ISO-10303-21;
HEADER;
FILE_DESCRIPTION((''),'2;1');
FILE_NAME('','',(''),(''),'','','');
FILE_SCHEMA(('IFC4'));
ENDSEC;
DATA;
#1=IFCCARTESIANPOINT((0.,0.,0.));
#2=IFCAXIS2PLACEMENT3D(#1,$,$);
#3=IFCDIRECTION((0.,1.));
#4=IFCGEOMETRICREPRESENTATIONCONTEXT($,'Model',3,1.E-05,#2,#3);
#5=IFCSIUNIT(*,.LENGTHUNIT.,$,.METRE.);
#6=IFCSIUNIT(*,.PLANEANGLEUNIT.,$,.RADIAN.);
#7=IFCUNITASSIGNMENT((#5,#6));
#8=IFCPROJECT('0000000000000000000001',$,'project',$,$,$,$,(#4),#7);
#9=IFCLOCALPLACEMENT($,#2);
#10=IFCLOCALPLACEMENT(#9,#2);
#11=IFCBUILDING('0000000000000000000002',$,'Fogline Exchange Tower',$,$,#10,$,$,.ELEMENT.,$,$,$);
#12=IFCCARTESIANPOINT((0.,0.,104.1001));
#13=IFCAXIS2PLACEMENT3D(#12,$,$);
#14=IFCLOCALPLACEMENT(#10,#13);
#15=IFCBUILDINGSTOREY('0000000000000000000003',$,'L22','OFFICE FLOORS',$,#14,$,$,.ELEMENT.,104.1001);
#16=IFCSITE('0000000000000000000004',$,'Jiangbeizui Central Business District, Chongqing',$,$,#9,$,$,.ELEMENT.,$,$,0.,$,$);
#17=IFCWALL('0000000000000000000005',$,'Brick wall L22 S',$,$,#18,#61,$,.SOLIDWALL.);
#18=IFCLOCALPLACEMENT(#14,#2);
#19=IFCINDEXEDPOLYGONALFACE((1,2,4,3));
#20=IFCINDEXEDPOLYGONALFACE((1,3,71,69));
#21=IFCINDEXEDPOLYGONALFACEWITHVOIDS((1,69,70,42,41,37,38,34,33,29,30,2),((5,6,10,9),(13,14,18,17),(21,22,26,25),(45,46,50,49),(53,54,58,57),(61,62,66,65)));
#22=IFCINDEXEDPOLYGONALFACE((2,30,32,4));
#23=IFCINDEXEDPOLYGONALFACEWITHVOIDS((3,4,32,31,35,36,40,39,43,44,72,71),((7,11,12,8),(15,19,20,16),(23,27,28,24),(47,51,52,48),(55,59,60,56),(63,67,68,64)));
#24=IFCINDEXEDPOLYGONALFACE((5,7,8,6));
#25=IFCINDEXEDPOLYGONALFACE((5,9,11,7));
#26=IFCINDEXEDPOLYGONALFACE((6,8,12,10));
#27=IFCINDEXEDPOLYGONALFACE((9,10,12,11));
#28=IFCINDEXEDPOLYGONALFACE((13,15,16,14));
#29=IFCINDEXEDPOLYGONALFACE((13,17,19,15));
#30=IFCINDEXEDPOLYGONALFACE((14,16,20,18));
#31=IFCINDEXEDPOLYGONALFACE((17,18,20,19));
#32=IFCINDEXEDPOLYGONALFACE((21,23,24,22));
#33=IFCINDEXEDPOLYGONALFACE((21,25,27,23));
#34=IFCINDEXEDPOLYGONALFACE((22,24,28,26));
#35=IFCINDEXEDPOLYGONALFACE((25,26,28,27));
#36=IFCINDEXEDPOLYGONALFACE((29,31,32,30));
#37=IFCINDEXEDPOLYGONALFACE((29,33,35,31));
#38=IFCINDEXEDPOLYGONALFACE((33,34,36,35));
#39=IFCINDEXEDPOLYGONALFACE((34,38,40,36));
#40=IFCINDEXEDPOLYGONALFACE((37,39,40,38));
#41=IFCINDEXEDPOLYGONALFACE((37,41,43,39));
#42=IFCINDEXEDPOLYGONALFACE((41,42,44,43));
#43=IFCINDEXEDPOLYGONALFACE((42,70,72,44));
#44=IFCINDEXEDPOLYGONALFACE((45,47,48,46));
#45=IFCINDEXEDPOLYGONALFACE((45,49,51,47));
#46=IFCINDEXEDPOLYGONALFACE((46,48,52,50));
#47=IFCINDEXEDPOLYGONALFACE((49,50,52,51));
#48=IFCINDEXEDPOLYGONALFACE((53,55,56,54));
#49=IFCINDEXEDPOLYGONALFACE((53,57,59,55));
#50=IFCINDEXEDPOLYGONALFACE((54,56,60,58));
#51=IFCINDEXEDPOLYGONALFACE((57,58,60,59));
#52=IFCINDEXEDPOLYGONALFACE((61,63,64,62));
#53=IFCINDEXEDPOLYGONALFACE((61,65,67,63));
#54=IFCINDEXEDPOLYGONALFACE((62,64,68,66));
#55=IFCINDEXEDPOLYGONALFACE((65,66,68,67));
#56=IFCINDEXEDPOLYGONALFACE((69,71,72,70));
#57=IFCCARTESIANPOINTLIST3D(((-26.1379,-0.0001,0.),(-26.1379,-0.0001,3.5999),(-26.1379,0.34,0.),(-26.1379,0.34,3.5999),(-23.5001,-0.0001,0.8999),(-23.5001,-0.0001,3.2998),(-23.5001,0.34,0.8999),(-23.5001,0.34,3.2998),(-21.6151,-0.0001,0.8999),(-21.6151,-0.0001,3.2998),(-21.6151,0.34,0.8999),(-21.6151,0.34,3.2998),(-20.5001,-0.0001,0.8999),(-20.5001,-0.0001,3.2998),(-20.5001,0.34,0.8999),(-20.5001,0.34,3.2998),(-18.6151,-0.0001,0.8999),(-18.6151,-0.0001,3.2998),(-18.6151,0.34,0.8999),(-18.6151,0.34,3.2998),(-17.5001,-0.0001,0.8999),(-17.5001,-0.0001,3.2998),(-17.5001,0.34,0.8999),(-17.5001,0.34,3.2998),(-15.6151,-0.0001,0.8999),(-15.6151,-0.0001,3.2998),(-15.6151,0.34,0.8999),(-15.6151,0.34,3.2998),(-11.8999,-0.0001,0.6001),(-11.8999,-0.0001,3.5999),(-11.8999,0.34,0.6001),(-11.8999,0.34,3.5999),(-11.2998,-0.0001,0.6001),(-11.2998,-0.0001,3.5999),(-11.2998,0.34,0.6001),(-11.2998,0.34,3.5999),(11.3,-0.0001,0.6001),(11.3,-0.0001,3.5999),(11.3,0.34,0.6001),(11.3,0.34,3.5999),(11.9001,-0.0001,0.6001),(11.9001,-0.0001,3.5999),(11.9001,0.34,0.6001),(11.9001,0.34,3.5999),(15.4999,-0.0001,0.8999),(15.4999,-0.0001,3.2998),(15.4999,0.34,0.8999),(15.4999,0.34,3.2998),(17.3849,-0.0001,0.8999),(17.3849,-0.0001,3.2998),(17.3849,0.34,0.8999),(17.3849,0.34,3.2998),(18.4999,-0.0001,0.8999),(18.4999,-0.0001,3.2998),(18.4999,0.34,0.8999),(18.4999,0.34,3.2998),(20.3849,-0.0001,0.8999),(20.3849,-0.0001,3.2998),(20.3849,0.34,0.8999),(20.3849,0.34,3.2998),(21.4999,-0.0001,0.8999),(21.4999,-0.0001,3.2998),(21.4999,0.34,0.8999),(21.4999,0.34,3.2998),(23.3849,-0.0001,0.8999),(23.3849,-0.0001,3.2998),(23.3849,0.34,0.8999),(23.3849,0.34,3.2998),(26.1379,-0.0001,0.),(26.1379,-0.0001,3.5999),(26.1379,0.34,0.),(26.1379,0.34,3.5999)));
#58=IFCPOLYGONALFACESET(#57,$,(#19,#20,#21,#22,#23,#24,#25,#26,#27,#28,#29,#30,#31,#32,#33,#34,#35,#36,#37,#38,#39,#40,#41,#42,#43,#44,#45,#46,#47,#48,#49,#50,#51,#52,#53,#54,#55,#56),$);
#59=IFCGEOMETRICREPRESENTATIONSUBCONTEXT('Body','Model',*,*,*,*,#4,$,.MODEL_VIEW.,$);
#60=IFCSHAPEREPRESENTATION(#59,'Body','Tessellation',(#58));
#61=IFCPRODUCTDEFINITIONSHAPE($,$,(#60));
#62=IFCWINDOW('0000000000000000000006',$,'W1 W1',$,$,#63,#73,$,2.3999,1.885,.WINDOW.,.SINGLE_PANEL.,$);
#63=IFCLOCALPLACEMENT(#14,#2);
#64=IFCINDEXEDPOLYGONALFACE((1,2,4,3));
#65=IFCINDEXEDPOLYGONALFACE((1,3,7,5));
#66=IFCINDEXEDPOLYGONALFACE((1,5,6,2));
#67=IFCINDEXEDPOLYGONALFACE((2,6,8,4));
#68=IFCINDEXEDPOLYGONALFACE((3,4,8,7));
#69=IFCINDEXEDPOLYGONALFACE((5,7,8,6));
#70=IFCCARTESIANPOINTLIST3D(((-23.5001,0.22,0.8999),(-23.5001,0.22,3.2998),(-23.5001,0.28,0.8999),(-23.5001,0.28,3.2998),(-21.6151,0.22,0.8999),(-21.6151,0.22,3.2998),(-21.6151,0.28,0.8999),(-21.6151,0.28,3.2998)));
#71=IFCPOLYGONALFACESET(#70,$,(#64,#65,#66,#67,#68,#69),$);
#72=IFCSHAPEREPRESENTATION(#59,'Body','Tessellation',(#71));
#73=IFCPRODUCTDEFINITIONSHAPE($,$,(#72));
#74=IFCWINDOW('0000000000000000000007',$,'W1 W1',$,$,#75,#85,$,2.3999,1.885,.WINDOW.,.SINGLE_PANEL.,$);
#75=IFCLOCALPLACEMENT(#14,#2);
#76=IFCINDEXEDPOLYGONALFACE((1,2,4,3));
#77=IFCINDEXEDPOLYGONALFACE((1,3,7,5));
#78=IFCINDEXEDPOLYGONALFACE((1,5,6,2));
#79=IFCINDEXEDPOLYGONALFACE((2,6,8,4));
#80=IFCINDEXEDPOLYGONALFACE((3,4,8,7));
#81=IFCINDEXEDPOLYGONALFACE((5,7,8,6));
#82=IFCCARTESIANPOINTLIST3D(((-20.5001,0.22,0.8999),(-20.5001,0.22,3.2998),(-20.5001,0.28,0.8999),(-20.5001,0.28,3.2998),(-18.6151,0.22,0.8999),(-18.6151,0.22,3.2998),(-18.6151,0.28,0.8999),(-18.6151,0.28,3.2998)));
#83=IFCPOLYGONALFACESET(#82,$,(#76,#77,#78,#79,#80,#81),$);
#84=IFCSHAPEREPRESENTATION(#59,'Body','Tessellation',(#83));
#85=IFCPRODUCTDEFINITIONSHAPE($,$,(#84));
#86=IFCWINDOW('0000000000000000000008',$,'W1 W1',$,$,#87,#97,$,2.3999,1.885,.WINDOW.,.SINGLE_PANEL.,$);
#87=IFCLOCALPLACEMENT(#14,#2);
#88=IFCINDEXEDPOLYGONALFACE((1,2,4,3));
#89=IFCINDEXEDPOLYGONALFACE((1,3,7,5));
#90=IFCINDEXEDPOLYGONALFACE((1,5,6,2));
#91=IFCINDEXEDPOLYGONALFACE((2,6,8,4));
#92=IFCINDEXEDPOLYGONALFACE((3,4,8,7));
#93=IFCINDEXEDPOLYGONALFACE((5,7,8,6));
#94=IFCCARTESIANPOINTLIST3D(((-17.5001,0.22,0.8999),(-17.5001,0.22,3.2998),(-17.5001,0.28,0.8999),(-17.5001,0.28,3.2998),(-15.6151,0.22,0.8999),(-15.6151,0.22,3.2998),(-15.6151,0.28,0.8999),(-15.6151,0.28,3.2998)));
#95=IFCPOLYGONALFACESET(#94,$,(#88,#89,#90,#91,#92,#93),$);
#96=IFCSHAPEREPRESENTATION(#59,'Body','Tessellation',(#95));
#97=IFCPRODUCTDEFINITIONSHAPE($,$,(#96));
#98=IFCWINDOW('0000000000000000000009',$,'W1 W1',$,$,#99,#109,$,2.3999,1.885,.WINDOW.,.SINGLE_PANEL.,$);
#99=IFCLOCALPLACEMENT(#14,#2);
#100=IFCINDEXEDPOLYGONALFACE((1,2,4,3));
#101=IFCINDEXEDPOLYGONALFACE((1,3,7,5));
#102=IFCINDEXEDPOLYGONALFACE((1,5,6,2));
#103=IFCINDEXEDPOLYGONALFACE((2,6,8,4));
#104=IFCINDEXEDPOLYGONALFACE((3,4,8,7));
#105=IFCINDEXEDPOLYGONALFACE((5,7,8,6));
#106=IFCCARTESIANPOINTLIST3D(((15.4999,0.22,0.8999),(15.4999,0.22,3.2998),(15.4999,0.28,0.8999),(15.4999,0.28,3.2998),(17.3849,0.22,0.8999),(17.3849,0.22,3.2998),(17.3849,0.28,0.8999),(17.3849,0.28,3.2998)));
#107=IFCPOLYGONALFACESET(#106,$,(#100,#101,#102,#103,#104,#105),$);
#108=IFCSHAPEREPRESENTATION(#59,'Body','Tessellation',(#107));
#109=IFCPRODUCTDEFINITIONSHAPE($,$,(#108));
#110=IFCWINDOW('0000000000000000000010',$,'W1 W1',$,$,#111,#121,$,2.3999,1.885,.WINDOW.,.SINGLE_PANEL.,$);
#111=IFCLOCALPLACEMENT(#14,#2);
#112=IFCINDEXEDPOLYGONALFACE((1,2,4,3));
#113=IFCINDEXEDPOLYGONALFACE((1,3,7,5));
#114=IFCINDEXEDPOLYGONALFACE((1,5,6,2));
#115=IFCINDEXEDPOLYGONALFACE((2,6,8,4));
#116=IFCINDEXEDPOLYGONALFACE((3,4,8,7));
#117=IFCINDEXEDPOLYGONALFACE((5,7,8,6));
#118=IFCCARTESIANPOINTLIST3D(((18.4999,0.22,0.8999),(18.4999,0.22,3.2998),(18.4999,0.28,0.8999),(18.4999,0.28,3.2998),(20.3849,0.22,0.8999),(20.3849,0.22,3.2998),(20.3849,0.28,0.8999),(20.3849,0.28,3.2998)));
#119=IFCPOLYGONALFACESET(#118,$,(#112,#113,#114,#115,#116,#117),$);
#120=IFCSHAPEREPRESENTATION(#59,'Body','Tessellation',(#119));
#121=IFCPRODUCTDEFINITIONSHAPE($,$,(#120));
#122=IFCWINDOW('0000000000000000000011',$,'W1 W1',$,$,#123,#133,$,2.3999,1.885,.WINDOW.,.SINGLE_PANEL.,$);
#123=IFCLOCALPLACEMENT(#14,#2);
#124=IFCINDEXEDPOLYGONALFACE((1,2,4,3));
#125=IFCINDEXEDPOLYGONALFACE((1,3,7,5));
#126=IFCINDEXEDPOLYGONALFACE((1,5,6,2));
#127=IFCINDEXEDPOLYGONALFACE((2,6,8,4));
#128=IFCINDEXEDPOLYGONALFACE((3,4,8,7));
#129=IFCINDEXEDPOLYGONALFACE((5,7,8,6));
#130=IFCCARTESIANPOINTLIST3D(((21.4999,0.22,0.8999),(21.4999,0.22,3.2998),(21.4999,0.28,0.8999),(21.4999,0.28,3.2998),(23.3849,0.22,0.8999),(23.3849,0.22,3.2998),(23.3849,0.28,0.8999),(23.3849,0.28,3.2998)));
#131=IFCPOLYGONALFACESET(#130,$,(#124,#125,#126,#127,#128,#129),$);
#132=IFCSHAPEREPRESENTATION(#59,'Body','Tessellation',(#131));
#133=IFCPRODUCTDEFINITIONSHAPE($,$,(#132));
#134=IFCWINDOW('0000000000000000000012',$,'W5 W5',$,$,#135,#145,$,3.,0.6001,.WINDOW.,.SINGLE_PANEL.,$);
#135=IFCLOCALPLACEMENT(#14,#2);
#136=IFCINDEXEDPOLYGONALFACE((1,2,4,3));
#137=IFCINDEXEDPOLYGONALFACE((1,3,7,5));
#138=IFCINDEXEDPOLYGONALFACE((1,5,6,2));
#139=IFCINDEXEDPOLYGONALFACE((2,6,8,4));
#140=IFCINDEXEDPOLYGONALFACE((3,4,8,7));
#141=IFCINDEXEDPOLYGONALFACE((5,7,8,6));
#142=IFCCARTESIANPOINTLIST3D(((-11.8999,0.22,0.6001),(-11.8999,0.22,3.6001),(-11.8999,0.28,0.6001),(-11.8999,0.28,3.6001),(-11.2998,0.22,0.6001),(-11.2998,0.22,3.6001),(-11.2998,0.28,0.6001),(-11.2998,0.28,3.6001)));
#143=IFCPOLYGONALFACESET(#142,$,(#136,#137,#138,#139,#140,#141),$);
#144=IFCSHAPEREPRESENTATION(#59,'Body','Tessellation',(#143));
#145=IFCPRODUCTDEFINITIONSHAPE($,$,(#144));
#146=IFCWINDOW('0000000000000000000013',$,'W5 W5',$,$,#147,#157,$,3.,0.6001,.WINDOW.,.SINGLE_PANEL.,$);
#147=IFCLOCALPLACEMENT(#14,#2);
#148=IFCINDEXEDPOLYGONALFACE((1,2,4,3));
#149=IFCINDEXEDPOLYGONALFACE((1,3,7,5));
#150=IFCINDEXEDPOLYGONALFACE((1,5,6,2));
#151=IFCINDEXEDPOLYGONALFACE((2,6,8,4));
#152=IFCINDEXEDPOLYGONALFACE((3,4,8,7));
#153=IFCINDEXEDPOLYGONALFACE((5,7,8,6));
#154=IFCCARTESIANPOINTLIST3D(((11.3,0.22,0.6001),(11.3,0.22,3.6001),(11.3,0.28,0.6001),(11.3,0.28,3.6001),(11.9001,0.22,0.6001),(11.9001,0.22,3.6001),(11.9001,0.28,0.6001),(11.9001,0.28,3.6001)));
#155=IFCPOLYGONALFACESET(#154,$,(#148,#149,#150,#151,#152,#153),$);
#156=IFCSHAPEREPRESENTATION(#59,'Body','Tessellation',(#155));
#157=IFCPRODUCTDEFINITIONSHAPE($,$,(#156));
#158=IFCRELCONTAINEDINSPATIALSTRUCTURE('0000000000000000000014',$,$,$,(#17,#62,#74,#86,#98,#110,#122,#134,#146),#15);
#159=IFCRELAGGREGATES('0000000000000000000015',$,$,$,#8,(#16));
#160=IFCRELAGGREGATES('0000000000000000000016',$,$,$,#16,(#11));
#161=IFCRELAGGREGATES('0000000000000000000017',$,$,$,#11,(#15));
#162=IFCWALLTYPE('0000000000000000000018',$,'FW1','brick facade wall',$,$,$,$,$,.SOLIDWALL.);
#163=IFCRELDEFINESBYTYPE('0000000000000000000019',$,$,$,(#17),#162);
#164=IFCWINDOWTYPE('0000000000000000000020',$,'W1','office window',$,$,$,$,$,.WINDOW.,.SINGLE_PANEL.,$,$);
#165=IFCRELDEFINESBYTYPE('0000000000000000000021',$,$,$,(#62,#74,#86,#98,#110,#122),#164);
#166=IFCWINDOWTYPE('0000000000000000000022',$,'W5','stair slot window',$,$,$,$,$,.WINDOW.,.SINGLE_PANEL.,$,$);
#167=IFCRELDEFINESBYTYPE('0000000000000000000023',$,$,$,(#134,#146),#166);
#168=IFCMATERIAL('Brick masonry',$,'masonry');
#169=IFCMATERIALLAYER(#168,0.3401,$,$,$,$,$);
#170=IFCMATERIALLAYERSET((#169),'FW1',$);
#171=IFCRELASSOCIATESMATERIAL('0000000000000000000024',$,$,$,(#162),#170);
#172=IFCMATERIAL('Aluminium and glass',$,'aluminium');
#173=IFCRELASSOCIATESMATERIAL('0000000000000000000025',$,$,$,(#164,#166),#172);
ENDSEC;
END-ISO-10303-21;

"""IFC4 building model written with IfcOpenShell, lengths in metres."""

from ifc_helpers import new_model, si_unit, direction, frame, frame_2d, origin, place, context, subcontext, project, spatial, rectangle, extrude, material, layer, layer_set, type_object, element, fill, save


model = new_model("IFC4")

# Units and contexts
model_context = context("Model", 3, precision=1e-05, world=origin(), true_north=direction((0.0, 1.0)))
body_context = subcontext(model_context, "Body", "Model", "MODEL_VIEW")
ifc_project = project(units=[si_unit("LENGTHUNIT", "METRE"), si_unit("PLANEANGLEUNIT", "RADIAN")], contexts=[model_context])

# Site, building, storey
site_placement = place(None, origin())
site = spatial("IfcSite", under=ifc_project, at=site_placement, Name="Jiangbeizui Central Business District, Chongqing", CompositionType="ELEMENT", RefElevation=0.0)
building_placement = place(site_placement, origin())
building = spatial("IfcBuilding", under=site, at=building_placement, Name="Fogline Exchange Tower", CompositionType="ELEMENT")
storey_placement = place(building_placement, frame((0.0, 0.0, 104.1001)))
storey = spatial("IfcBuildingStorey", under=building, at=storey_placement, Name="L22", Description="OFFICE FLOORS", CompositionType="ELEMENT", Elevation=104.1001)

# Shared definitions
ifc_material_1 = material(Name="Brick masonry", Category="masonry")
ifc_layer = layer(ifc_material_1, 0.3401)
ifc_layer_set = layer_set([ifc_layer], Name="FW1")
wall_type = type_object("IfcWallType", Name="FW1", Description="brick facade wall", PredefinedType="SOLIDWALL", material=ifc_layer_set)
ifc_material_2 = material(Name="Aluminium and glass", Category="aluminium")

# Wall, openings, windows
wall_1_placement = place(storey_placement, frame((-26.1379, 0.1699, 0.0), z_axis=(0.0, 0.0, 1.0), x_axis=(1.0, 0.0, 0.0)))
wall_1 = element("IfcWall", 1, at=wall_1_placement, inside=storey, type_object=wall_type, Name="Brick wall L22 S", PredefinedType="SOLIDWALL", context=body_context, shape_type="SweptSolid", body=[
    extrude(rectangle(XDim=52.2759, YDim=0.3401, at=frame_2d((26.1379, 0.0))), origin(), (0.0, 0.0, 1.0), 3.5999),
])
opening_1_placement = place(wall_1_placement, frame((2.6379, 0.0, 0.8999)))
opening_1 = element("IfcOpeningElement", 2, at=opening_1_placement, cuts=wall_1, PredefinedType="OPENING", context=body_context, shape_type="SweptSolid", body=[
    extrude(rectangle(XDim=1.885, YDim=2.3999, at=frame_2d((0.9424, 1.2))), frame((0.0, 0.1802, 0.0), z_axis=(0.0, -1.0, 0.0), x_axis=(1.0, 0.0, 0.0)), (0.0, 0.0, 1.0), 0.3601),
])
opening_2_placement = place(wall_1_placement, frame((5.6379, 0.0, 0.8999)))
opening_2 = element("IfcOpeningElement", 3, at=opening_2_placement, cuts=wall_1, PredefinedType="OPENING", context=body_context, shape_type="SweptSolid", body=[
    extrude(rectangle(XDim=1.885, YDim=2.3999, at=frame_2d((0.9424, 1.2))), frame((0.0, 0.1802, 0.0), z_axis=(0.0, -1.0, 0.0), x_axis=(1.0, 0.0, 0.0)), (0.0, 0.0, 1.0), 0.3601),
])
opening_3_placement = place(wall_1_placement, frame((8.6379, 0.0, 0.8999)))
opening_3 = element("IfcOpeningElement", 4, at=opening_3_placement, cuts=wall_1, PredefinedType="OPENING", context=body_context, shape_type="SweptSolid", body=[
    extrude(rectangle(XDim=1.885, YDim=2.3999, at=frame_2d((0.9424, 1.2))), frame((0.0, 0.1802, 0.0), z_axis=(0.0, -1.0, 0.0), x_axis=(1.0, 0.0, 0.0)), (0.0, 0.0, 1.0), 0.3601),
])
opening_4_placement = place(wall_1_placement, frame((41.6379, 0.0, 0.8999)))
opening_4 = element("IfcOpeningElement", 5, at=opening_4_placement, cuts=wall_1, PredefinedType="OPENING", context=body_context, shape_type="SweptSolid", body=[
    extrude(rectangle(XDim=1.885, YDim=2.3999, at=frame_2d((0.9424, 1.2))), frame((0.0, 0.1802, 0.0), z_axis=(0.0, -1.0, 0.0), x_axis=(1.0, 0.0, 0.0)), (0.0, 0.0, 1.0), 0.3601),
])
opening_5_placement = place(wall_1_placement, frame((44.6379, 0.0, 0.8999)))
opening_5 = element("IfcOpeningElement", 6, at=opening_5_placement, cuts=wall_1, PredefinedType="OPENING", context=body_context, shape_type="SweptSolid", body=[
    extrude(rectangle(XDim=1.885, YDim=2.3999, at=frame_2d((0.9424, 1.2))), frame((0.0, 0.1802, 0.0), z_axis=(0.0, -1.0, 0.0), x_axis=(1.0, 0.0, 0.0)), (0.0, 0.0, 1.0), 0.3601),
])
opening_6_placement = place(wall_1_placement, frame((47.6379, 0.0, 0.8999)))
opening_6 = element("IfcOpeningElement", 7, at=opening_6_placement, cuts=wall_1, PredefinedType="OPENING", context=body_context, shape_type="SweptSolid", body=[
    extrude(rectangle(XDim=1.885, YDim=2.3999, at=frame_2d((0.9424, 1.2))), frame((0.0, 0.1802, 0.0), z_axis=(0.0, -1.0, 0.0), x_axis=(1.0, 0.0, 0.0)), (0.0, 0.0, 1.0), 0.3601),
])
opening_7_placement = place(wall_1_placement, frame((14.238, 0.0, 0.6001)))
opening_7 = element("IfcOpeningElement", 8, at=opening_7_placement, cuts=wall_1, PredefinedType="OPENING", context=body_context, shape_type="SweptSolid", body=[
    extrude(rectangle(XDim=0.6001, YDim=3.0, at=frame_2d((0.3, 1.5))), frame((0.0, 0.1802, 0.0), z_axis=(0.0, -1.0, 0.0), x_axis=(1.0, 0.0, 0.0)), (0.0, 0.0, 1.0), 0.3601),
])
opening_8_placement = place(wall_1_placement, frame((37.438, 0.0, 0.6001)))
opening_8 = element("IfcOpeningElement", 9, at=opening_8_placement, cuts=wall_1, PredefinedType="OPENING", context=body_context, shape_type="SweptSolid", body=[
    extrude(rectangle(XDim=0.6001, YDim=3.0, at=frame_2d((0.3, 1.5))), frame((0.0, 0.1802, 0.0), z_axis=(0.0, -1.0, 0.0), x_axis=(1.0, 0.0, 0.0)), (0.0, 0.0, 1.0), 0.3601),
])
window_type_1 = type_object("IfcWindowType", Name="W1", Description="office window", PartitioningType="SINGLE_PANEL", PredefinedType="WINDOW", material=ifc_material_2)
window_1_placement = place(opening_1_placement, origin())
window_1 = element("IfcWindow", 10, at=window_1_placement, inside=storey, type_object=window_type_1, Name="W1 W1", OverallHeight=2.3999, OverallWidth=1.885, PartitioningType="SINGLE_PANEL", PredefinedType="WINDOW", context=body_context, shape_type="SweptSolid", body=[
    extrude(rectangle(XDim=1.885, YDim=2.3999, at=frame_2d((0.9424, 1.2))), frame((0.0, 0.1101, 0.0), z_axis=(0.0, -1.0, 0.0), x_axis=(1.0, 0.0, 0.0)), (0.0, 0.0, 1.0), 0.0601),
])
fill(opening_1, window_1)
window_2_placement = place(opening_2_placement, origin())
window_2 = element("IfcWindow", 11, at=window_2_placement, inside=storey, type_object=window_type_1, Name="W1 W1", OverallHeight=2.3999, OverallWidth=1.885, PartitioningType="SINGLE_PANEL", PredefinedType="WINDOW", context=body_context, shape_type="SweptSolid", body=[
    extrude(rectangle(XDim=1.885, YDim=2.3999, at=frame_2d((0.9424, 1.2))), frame((0.0, 0.1101, 0.0), z_axis=(0.0, -1.0, 0.0), x_axis=(1.0, 0.0, 0.0)), (0.0, 0.0, 1.0), 0.0601),
])
fill(opening_2, window_2)
window_3_placement = place(opening_3_placement, origin())
window_3 = element("IfcWindow", 12, at=window_3_placement, inside=storey, type_object=window_type_1, Name="W1 W1", OverallHeight=2.3999, OverallWidth=1.885, PartitioningType="SINGLE_PANEL", PredefinedType="WINDOW", context=body_context, shape_type="SweptSolid", body=[
    extrude(rectangle(XDim=1.885, YDim=2.3999, at=frame_2d((0.9424, 1.2))), frame((0.0, 0.1101, 0.0), z_axis=(0.0, -1.0, 0.0), x_axis=(1.0, 0.0, 0.0)), (0.0, 0.0, 1.0), 0.0601),
])
fill(opening_3, window_3)
window_4_placement = place(opening_4_placement, origin())
window_4 = element("IfcWindow", 13, at=window_4_placement, inside=storey, type_object=window_type_1, Name="W1 W1", OverallHeight=2.3999, OverallWidth=1.885, PartitioningType="SINGLE_PANEL", PredefinedType="WINDOW", context=body_context, shape_type="SweptSolid", body=[
    extrude(rectangle(XDim=1.885, YDim=2.3999, at=frame_2d((0.9424, 1.2))), frame((0.0, 0.1101, 0.0), z_axis=(0.0, -1.0, 0.0), x_axis=(1.0, 0.0, 0.0)), (0.0, 0.0, 1.0), 0.0601),
])
fill(opening_4, window_4)
window_5_placement = place(opening_5_placement, origin())
window_5 = element("IfcWindow", 14, at=window_5_placement, inside=storey, type_object=window_type_1, Name="W1 W1", OverallHeight=2.3999, OverallWidth=1.885, PartitioningType="SINGLE_PANEL", PredefinedType="WINDOW", context=body_context, shape_type="SweptSolid", body=[
    extrude(rectangle(XDim=1.885, YDim=2.3999, at=frame_2d((0.9424, 1.2))), frame((0.0, 0.1101, 0.0), z_axis=(0.0, -1.0, 0.0), x_axis=(1.0, 0.0, 0.0)), (0.0, 0.0, 1.0), 0.0601),
])
fill(opening_5, window_5)
window_6_placement = place(opening_6_placement, origin())
window_6 = element("IfcWindow", 15, at=window_6_placement, inside=storey, type_object=window_type_1, Name="W1 W1", OverallHeight=2.3999, OverallWidth=1.885, PartitioningType="SINGLE_PANEL", PredefinedType="WINDOW", context=body_context, shape_type="SweptSolid", body=[
    extrude(rectangle(XDim=1.885, YDim=2.3999, at=frame_2d((0.9424, 1.2))), frame((0.0, 0.1101, 0.0), z_axis=(0.0, -1.0, 0.0), x_axis=(1.0, 0.0, 0.0)), (0.0, 0.0, 1.0), 0.0601),
])
fill(opening_6, window_6)
window_type_2 = type_object("IfcWindowType", Name="W5", Description="stair slot window", PartitioningType="SINGLE_PANEL", PredefinedType="WINDOW", material=ifc_material_2)
window_7_placement = place(opening_7_placement, origin())
window_7 = element("IfcWindow", 16, at=window_7_placement, inside=storey, type_object=window_type_2, Name="W5 W5", OverallHeight=3.0, OverallWidth=0.6001, PartitioningType="SINGLE_PANEL", PredefinedType="WINDOW", context=body_context, shape_type="SweptSolid", body=[
    extrude(rectangle(XDim=0.6001, YDim=3.0, at=frame_2d((0.3, 1.5))), frame((0.0, 0.1101, 0.0), z_axis=(0.0, -1.0, 0.0), x_axis=(1.0, 0.0, 0.0)), (0.0, 0.0, 1.0), 0.0601),
])
fill(opening_7, window_7)
window_8_placement = place(opening_8_placement, origin())
window_8 = element("IfcWindow", 17, at=window_8_placement, inside=storey, type_object=window_type_2, Name="W5 W5", OverallHeight=3.0, OverallWidth=0.6001, PartitioningType="SINGLE_PANEL", PredefinedType="WINDOW", context=body_context, shape_type="SweptSolid", body=[
    extrude(rectangle(XDim=0.6001, YDim=3.0, at=frame_2d((0.3, 1.5))), frame((0.0, 0.1101, 0.0), z_axis=(0.0, -1.0, 0.0), x_axis=(1.0, 0.0, 0.0)), (0.0, 0.0, 1.0), 0.0601),
])
fill(opening_8, window_8)

save(model, "model.ifc")
